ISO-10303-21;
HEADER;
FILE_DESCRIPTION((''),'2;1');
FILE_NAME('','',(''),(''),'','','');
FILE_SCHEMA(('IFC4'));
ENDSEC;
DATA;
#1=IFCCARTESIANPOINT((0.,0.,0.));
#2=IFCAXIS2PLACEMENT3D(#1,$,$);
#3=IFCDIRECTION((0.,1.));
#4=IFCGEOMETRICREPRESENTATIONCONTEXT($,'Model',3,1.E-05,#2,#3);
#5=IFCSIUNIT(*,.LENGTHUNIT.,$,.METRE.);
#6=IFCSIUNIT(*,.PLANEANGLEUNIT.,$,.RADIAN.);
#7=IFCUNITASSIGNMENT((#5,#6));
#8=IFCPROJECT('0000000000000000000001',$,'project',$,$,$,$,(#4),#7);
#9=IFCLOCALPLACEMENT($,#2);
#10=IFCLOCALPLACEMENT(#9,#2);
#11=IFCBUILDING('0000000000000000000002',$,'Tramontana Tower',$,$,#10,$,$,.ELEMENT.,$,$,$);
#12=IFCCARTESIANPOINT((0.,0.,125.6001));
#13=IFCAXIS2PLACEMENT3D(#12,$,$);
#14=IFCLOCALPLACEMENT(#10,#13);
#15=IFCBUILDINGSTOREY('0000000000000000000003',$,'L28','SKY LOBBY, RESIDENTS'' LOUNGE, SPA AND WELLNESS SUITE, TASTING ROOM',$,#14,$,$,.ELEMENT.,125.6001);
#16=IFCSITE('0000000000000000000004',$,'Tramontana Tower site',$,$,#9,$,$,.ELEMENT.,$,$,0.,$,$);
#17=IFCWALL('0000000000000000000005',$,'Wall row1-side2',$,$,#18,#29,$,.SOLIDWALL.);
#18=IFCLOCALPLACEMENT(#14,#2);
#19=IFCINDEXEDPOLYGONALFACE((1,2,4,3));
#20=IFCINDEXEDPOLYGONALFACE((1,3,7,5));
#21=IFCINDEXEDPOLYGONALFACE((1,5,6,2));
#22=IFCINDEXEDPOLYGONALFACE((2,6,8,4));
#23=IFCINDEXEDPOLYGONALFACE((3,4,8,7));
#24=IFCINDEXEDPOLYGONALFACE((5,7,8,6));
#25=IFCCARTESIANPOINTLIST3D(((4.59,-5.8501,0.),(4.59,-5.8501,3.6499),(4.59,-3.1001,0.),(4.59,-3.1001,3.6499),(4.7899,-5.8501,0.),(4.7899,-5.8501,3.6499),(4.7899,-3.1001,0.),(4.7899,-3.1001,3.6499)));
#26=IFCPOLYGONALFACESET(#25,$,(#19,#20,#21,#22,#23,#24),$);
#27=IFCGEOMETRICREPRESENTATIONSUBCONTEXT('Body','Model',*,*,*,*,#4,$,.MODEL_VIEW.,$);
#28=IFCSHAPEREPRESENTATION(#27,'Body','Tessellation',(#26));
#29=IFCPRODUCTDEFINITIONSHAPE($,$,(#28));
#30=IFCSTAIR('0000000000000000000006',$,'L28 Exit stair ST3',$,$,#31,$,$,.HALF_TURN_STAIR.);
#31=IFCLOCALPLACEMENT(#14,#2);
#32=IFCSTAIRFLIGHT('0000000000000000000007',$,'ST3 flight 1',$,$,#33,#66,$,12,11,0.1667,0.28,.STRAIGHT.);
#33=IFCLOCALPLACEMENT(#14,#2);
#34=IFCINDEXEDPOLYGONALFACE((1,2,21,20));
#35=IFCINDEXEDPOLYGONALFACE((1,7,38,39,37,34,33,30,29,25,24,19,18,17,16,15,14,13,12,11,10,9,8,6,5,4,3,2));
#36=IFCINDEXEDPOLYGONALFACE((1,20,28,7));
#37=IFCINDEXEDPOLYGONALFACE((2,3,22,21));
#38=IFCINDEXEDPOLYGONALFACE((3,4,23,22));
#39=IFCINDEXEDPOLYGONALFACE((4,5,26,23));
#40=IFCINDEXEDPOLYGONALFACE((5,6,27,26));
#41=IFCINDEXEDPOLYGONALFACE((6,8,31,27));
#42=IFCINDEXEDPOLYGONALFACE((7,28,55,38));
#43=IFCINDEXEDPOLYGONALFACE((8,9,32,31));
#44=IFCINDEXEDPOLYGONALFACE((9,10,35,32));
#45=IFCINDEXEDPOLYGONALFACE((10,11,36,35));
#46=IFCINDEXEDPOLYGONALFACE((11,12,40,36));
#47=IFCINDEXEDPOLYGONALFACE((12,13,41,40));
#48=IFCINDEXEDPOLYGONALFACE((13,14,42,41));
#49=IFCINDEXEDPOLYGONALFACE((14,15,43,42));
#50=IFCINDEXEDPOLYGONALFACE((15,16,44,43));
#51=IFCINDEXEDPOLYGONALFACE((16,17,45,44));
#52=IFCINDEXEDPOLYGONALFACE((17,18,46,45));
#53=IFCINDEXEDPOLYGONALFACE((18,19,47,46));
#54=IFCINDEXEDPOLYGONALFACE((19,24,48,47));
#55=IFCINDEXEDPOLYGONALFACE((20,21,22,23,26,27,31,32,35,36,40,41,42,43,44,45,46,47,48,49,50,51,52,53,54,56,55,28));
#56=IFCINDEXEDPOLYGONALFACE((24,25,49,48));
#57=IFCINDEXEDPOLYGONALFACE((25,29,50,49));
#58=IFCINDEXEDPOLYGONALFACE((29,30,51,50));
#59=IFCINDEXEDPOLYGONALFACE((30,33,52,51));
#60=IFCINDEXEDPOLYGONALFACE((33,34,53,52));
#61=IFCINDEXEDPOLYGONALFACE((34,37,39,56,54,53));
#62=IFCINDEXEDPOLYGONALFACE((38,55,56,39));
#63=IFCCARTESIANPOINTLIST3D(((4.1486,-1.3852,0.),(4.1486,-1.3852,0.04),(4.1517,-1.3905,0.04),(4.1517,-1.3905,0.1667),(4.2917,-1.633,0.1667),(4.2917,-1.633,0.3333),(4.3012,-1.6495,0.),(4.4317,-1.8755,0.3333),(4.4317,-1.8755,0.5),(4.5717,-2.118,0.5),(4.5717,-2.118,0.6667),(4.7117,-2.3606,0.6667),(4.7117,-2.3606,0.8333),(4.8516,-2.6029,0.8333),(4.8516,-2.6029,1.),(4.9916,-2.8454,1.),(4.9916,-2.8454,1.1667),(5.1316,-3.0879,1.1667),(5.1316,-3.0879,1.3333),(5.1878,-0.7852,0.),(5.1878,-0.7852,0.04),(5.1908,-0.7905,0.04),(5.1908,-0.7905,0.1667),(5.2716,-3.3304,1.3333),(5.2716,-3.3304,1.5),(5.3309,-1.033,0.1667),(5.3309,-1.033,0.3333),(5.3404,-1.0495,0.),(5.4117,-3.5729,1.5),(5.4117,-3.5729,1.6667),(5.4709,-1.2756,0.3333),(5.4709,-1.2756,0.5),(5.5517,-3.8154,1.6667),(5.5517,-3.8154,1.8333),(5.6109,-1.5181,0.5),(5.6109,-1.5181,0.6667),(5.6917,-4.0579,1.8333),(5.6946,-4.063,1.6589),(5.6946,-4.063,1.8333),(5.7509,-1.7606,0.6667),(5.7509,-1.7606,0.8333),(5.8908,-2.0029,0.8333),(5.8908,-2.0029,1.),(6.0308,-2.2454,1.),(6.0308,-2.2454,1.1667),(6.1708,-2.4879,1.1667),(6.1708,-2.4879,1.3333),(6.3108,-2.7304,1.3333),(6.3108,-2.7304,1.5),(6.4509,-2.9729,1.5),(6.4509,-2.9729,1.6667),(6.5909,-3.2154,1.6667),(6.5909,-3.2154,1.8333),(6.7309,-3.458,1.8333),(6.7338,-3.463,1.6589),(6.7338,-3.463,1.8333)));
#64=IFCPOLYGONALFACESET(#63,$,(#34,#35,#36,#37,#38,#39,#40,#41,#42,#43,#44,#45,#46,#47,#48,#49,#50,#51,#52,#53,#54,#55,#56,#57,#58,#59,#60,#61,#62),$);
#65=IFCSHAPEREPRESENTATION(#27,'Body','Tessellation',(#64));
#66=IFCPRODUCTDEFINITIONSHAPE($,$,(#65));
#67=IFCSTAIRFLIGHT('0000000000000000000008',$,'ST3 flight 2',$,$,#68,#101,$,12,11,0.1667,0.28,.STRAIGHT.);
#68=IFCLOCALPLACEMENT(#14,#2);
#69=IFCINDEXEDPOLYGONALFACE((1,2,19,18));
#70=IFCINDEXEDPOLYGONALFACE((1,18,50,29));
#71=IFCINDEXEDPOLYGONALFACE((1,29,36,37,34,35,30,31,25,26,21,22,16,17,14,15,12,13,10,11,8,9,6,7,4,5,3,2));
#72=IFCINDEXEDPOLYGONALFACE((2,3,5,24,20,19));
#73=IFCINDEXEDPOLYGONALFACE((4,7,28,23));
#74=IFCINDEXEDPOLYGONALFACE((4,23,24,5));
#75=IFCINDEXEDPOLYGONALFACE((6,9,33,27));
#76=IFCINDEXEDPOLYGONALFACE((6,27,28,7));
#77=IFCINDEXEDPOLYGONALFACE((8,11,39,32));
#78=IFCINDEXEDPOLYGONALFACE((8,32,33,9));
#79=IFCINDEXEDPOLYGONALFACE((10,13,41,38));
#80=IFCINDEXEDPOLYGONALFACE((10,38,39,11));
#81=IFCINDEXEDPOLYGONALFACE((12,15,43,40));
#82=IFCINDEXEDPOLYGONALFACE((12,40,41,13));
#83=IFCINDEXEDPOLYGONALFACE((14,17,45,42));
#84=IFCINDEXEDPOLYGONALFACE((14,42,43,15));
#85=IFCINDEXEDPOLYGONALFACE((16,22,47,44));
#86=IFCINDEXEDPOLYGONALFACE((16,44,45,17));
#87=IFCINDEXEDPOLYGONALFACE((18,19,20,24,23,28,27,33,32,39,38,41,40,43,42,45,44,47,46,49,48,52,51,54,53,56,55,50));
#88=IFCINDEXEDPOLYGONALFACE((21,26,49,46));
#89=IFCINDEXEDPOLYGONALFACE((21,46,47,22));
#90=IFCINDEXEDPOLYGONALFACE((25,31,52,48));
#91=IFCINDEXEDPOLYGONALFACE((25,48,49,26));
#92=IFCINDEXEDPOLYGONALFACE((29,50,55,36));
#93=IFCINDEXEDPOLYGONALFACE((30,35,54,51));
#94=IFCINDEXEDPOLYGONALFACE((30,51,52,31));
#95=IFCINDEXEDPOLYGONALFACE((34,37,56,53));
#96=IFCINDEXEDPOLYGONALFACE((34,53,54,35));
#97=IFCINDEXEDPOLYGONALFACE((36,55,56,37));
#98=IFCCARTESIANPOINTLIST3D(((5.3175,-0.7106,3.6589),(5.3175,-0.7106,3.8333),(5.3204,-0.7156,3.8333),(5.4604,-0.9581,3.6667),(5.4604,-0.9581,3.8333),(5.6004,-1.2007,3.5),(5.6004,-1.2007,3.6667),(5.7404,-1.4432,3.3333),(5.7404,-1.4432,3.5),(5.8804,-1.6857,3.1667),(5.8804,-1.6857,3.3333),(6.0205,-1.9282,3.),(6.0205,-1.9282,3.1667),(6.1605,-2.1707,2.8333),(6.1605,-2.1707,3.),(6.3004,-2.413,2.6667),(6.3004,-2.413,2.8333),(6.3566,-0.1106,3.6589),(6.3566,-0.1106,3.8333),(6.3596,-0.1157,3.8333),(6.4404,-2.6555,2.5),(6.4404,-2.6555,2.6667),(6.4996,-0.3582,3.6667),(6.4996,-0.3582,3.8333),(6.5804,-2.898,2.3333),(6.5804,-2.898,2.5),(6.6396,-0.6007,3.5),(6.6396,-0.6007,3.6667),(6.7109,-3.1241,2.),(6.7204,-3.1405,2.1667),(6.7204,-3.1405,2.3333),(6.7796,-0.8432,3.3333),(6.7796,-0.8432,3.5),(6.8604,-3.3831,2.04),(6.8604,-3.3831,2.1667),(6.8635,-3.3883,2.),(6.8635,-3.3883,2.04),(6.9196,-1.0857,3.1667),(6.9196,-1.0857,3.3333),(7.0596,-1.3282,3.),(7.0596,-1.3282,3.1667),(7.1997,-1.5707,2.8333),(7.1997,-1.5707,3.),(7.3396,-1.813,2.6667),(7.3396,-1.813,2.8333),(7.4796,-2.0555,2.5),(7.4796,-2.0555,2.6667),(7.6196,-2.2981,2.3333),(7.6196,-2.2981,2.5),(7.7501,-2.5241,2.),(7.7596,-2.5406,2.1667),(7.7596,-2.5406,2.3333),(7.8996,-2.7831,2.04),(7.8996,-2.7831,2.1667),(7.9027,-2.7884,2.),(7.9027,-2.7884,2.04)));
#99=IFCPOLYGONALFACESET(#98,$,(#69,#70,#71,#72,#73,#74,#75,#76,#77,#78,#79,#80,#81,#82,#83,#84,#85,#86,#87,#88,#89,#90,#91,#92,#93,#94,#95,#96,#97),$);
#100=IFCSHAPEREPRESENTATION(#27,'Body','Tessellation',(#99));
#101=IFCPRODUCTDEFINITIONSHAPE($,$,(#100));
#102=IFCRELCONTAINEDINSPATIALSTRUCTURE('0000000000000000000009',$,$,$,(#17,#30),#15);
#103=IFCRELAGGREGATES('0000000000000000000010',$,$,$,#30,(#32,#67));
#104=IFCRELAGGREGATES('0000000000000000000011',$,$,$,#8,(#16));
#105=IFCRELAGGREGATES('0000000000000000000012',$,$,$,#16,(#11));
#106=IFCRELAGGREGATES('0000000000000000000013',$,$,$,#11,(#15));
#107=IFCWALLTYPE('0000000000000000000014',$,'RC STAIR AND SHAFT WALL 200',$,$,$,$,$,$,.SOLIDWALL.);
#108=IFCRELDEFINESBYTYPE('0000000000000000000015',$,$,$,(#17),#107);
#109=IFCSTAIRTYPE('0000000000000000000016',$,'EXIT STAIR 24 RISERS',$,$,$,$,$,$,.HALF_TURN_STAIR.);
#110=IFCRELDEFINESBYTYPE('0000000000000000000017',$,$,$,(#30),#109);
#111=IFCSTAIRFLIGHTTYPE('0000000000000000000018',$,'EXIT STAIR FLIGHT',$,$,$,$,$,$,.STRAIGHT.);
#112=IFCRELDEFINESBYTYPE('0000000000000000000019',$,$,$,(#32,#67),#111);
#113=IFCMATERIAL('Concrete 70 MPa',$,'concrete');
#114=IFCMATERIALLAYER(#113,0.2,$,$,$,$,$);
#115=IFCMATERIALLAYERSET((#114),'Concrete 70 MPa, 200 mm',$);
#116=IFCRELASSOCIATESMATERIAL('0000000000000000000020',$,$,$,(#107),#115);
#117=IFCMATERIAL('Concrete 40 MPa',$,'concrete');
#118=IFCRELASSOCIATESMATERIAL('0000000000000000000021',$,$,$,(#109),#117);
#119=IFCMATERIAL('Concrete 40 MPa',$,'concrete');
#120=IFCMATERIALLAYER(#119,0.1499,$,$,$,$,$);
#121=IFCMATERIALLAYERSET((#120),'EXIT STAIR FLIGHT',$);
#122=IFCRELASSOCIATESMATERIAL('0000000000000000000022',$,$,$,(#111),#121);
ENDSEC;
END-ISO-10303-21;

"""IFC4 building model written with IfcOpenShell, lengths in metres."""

from ifc_helpers import new_model, si_unit, direction, frame, frame_2d, origin, place, context, subcontext, project, spatial, polyline, rectangle, outline, extrude, material, layer, layer_set, type_object, element, aggregate, save


model = new_model("IFC4")

# Units and contexts
model_context = context("Model", 3, precision=1e-05, world=origin(), true_north=direction((0.0, 1.0)))
body_context = subcontext(model_context, "Body", "Model", "MODEL_VIEW")
ifc_project = project(units=[si_unit("LENGTHUNIT", "METRE"), si_unit("PLANEANGLEUNIT", "RADIAN")], contexts=[model_context])

# Site, building, storey
site_placement = place(None, origin())
site = spatial("IfcSite", under=ifc_project, at=site_placement, Name="Tramontana Tower site", CompositionType="ELEMENT", RefElevation=0.0)
building_placement = place(site_placement, origin())
building = spatial("IfcBuilding", under=site, at=building_placement, Name="Tramontana Tower", CompositionType="ELEMENT")
storey_placement = place(building_placement, frame((0.0, 0.0, 125.6001)))
storey = spatial("IfcBuildingStorey", under=building, at=storey_placement, Name="L28", Description="SKY LOBBY, RESIDENTS' LOUNGE, SPA AND WELLNESS SUITE, TASTING ROOM", CompositionType="ELEMENT", Elevation=125.6001)

# Shared definitions
ifc_material_1 = material(Name="Concrete 70 MPa", Category="concrete")
ifc_layer_1 = layer(ifc_material_1, 0.2)
ifc_layer_set_1 = layer_set([ifc_layer_1], Name="Concrete 70 MPa, 200 mm")
wall_type_1 = type_object("IfcWallType", Name="RC STAIR AND SHAFT WALL 200", PredefinedType="SOLIDWALL", material=ifc_layer_set_1)

# Wall
for number, where, z_axis, x_axis, name in (
    (1, (4.6899, -3.1001, 0.0), (0.0, 0.0, 1.0), (0.0, -1.0, 0.0), "Wall row1-side2"),
):
    element("IfcWall", number, at=place(storey_placement, frame(where, z_axis=z_axis, x_axis=x_axis)), inside=storey, type_object=wall_type_1, Name=name, PredefinedType="SOLIDWALL", context=body_context, shape_type="SweptSolid", body=[
        extrude(rectangle(XDim=2.75, YDim=0.2, at=frame_2d((1.375, 0.0))), origin(), (0.0, 0.0, 1.0), 3.6499),
    ])

# Stair, stair flights
ifc_material_2 = material(Name="Concrete 40 MPa", Category="concrete")
stair_type = type_object("IfcStairType", Name="EXIT STAIR 24 RISERS", PredefinedType="HALF_TURN_STAIR", material=ifc_material_2)
stair_placement = place(storey_placement, origin())
stair = element("IfcStair", 2, at=stair_placement, inside=storey, type_object=stair_type, Name="L28 Exit stair ST3", PredefinedType="HALF_TURN_STAIR")
ifc_material_3 = material(Name="Concrete 40 MPa", Category="concrete")
ifc_layer_2 = layer(ifc_material_3, 0.1499)
ifc_layer_set_2 = layer_set([ifc_layer_2], Name="EXIT STAIR FLIGHT")
stair_flight_type = type_object("IfcStairFlightType", Name="EXIT STAIR FLIGHT", PredefinedType="STRAIGHT", material=ifc_layer_set_2)
stair_flight_1_placement = place(storey_placement, frame((4.6711, -1.0906, 0.0), z_axis=(0.0, 0.0, 1.0), x_axis=(0.5, -0.866025, 0.0)))
stair_flight_1 = element("IfcStairFlight", 3, at=stair_flight_1_placement, type_object=stair_flight_type, Name="ST3 flight 1", NumberOfRisers=12, NumberOfTreads=11, PredefinedType="STRAIGHT", RiserHeight=0.1667, TreadLength=0.28, context=body_context, shape_type="SweptSolid", body=[
    extrude(outline(polyline([(-0.0061, 0.0), (-0.0061, 0.04), (0.0, 0.04), (0.0, 0.1667), (0.28, 0.1667), (0.28, 0.3333), (0.5601, 0.3333), (0.5601, 0.5), (0.8401, 0.5), (0.8401, 0.6667), (1.1201, 0.6667), (1.1201, 0.8333), (1.3999, 0.8333), (1.3999, 1.0), (1.6799, 1.0), (1.6799, 1.1667), (1.96, 1.1667), (1.96, 1.3333), (2.24, 1.3333), (2.24, 1.5), (2.52, 1.5), (2.52, 1.6667), (2.8, 1.6667), (2.8, 1.8333), (3.0801, 1.8333), (3.0859, 1.8333), (3.0859, 1.6589), (0.2991, 0.0), (-0.0061, 0.0)])), frame((0.0, 0.6001, 0.0), z_axis=(0.0, -1.0, 0.0), x_axis=(1.0, 0.0, 0.0)), (0.0, 0.0, 1.0), 1.2),
])
stair_flight_2_placement = place(storey_placement, frame((7.3801, -3.083, 2.0), z_axis=(0.0, 0.0, 1.0), x_axis=(-0.5, 0.866025, 0.0)))
stair_flight_2 = element("IfcStairFlight", 4, at=stair_flight_2_placement, type_object=stair_flight_type, Name="ST3 flight 2", NumberOfRisers=12, NumberOfTreads=11, PredefinedType="STRAIGHT", RiserHeight=0.1667, TreadLength=0.28, context=body_context, shape_type="SweptSolid", body=[
    extrude(outline(polyline([(-0.0061, 0.0), (-0.0061, 0.04), (0.0, 0.04), (0.0, 0.1667), (0.28, 0.1667), (0.28, 0.3333), (0.5601, 0.3333), (0.5601, 0.5), (0.8401, 0.5), (0.8401, 0.6667), (1.1201, 0.6667), (1.1201, 0.8333), (1.3999, 0.8333), (1.3999, 1.0), (1.6799, 1.0), (1.6799, 1.1667), (1.96, 1.1667), (1.96, 1.3333), (2.24, 1.3333), (2.24, 1.5), (2.52, 1.5), (2.52, 1.6667), (2.8, 1.6667), (2.8, 1.8333), (3.0801, 1.8333), (3.0859, 1.8333), (3.0859, 1.6589), (0.2991, 0.0), (-0.0061, 0.0)])), frame((0.0, 0.6001, 0.0), z_axis=(0.0, -1.0, 0.0), x_axis=(1.0, 0.0, 0.0)), (0.0, 0.0, 1.0), 1.2),
])
aggregate(stair, [stair_flight_1, stair_flight_2])

save(model, "model.ifc")
